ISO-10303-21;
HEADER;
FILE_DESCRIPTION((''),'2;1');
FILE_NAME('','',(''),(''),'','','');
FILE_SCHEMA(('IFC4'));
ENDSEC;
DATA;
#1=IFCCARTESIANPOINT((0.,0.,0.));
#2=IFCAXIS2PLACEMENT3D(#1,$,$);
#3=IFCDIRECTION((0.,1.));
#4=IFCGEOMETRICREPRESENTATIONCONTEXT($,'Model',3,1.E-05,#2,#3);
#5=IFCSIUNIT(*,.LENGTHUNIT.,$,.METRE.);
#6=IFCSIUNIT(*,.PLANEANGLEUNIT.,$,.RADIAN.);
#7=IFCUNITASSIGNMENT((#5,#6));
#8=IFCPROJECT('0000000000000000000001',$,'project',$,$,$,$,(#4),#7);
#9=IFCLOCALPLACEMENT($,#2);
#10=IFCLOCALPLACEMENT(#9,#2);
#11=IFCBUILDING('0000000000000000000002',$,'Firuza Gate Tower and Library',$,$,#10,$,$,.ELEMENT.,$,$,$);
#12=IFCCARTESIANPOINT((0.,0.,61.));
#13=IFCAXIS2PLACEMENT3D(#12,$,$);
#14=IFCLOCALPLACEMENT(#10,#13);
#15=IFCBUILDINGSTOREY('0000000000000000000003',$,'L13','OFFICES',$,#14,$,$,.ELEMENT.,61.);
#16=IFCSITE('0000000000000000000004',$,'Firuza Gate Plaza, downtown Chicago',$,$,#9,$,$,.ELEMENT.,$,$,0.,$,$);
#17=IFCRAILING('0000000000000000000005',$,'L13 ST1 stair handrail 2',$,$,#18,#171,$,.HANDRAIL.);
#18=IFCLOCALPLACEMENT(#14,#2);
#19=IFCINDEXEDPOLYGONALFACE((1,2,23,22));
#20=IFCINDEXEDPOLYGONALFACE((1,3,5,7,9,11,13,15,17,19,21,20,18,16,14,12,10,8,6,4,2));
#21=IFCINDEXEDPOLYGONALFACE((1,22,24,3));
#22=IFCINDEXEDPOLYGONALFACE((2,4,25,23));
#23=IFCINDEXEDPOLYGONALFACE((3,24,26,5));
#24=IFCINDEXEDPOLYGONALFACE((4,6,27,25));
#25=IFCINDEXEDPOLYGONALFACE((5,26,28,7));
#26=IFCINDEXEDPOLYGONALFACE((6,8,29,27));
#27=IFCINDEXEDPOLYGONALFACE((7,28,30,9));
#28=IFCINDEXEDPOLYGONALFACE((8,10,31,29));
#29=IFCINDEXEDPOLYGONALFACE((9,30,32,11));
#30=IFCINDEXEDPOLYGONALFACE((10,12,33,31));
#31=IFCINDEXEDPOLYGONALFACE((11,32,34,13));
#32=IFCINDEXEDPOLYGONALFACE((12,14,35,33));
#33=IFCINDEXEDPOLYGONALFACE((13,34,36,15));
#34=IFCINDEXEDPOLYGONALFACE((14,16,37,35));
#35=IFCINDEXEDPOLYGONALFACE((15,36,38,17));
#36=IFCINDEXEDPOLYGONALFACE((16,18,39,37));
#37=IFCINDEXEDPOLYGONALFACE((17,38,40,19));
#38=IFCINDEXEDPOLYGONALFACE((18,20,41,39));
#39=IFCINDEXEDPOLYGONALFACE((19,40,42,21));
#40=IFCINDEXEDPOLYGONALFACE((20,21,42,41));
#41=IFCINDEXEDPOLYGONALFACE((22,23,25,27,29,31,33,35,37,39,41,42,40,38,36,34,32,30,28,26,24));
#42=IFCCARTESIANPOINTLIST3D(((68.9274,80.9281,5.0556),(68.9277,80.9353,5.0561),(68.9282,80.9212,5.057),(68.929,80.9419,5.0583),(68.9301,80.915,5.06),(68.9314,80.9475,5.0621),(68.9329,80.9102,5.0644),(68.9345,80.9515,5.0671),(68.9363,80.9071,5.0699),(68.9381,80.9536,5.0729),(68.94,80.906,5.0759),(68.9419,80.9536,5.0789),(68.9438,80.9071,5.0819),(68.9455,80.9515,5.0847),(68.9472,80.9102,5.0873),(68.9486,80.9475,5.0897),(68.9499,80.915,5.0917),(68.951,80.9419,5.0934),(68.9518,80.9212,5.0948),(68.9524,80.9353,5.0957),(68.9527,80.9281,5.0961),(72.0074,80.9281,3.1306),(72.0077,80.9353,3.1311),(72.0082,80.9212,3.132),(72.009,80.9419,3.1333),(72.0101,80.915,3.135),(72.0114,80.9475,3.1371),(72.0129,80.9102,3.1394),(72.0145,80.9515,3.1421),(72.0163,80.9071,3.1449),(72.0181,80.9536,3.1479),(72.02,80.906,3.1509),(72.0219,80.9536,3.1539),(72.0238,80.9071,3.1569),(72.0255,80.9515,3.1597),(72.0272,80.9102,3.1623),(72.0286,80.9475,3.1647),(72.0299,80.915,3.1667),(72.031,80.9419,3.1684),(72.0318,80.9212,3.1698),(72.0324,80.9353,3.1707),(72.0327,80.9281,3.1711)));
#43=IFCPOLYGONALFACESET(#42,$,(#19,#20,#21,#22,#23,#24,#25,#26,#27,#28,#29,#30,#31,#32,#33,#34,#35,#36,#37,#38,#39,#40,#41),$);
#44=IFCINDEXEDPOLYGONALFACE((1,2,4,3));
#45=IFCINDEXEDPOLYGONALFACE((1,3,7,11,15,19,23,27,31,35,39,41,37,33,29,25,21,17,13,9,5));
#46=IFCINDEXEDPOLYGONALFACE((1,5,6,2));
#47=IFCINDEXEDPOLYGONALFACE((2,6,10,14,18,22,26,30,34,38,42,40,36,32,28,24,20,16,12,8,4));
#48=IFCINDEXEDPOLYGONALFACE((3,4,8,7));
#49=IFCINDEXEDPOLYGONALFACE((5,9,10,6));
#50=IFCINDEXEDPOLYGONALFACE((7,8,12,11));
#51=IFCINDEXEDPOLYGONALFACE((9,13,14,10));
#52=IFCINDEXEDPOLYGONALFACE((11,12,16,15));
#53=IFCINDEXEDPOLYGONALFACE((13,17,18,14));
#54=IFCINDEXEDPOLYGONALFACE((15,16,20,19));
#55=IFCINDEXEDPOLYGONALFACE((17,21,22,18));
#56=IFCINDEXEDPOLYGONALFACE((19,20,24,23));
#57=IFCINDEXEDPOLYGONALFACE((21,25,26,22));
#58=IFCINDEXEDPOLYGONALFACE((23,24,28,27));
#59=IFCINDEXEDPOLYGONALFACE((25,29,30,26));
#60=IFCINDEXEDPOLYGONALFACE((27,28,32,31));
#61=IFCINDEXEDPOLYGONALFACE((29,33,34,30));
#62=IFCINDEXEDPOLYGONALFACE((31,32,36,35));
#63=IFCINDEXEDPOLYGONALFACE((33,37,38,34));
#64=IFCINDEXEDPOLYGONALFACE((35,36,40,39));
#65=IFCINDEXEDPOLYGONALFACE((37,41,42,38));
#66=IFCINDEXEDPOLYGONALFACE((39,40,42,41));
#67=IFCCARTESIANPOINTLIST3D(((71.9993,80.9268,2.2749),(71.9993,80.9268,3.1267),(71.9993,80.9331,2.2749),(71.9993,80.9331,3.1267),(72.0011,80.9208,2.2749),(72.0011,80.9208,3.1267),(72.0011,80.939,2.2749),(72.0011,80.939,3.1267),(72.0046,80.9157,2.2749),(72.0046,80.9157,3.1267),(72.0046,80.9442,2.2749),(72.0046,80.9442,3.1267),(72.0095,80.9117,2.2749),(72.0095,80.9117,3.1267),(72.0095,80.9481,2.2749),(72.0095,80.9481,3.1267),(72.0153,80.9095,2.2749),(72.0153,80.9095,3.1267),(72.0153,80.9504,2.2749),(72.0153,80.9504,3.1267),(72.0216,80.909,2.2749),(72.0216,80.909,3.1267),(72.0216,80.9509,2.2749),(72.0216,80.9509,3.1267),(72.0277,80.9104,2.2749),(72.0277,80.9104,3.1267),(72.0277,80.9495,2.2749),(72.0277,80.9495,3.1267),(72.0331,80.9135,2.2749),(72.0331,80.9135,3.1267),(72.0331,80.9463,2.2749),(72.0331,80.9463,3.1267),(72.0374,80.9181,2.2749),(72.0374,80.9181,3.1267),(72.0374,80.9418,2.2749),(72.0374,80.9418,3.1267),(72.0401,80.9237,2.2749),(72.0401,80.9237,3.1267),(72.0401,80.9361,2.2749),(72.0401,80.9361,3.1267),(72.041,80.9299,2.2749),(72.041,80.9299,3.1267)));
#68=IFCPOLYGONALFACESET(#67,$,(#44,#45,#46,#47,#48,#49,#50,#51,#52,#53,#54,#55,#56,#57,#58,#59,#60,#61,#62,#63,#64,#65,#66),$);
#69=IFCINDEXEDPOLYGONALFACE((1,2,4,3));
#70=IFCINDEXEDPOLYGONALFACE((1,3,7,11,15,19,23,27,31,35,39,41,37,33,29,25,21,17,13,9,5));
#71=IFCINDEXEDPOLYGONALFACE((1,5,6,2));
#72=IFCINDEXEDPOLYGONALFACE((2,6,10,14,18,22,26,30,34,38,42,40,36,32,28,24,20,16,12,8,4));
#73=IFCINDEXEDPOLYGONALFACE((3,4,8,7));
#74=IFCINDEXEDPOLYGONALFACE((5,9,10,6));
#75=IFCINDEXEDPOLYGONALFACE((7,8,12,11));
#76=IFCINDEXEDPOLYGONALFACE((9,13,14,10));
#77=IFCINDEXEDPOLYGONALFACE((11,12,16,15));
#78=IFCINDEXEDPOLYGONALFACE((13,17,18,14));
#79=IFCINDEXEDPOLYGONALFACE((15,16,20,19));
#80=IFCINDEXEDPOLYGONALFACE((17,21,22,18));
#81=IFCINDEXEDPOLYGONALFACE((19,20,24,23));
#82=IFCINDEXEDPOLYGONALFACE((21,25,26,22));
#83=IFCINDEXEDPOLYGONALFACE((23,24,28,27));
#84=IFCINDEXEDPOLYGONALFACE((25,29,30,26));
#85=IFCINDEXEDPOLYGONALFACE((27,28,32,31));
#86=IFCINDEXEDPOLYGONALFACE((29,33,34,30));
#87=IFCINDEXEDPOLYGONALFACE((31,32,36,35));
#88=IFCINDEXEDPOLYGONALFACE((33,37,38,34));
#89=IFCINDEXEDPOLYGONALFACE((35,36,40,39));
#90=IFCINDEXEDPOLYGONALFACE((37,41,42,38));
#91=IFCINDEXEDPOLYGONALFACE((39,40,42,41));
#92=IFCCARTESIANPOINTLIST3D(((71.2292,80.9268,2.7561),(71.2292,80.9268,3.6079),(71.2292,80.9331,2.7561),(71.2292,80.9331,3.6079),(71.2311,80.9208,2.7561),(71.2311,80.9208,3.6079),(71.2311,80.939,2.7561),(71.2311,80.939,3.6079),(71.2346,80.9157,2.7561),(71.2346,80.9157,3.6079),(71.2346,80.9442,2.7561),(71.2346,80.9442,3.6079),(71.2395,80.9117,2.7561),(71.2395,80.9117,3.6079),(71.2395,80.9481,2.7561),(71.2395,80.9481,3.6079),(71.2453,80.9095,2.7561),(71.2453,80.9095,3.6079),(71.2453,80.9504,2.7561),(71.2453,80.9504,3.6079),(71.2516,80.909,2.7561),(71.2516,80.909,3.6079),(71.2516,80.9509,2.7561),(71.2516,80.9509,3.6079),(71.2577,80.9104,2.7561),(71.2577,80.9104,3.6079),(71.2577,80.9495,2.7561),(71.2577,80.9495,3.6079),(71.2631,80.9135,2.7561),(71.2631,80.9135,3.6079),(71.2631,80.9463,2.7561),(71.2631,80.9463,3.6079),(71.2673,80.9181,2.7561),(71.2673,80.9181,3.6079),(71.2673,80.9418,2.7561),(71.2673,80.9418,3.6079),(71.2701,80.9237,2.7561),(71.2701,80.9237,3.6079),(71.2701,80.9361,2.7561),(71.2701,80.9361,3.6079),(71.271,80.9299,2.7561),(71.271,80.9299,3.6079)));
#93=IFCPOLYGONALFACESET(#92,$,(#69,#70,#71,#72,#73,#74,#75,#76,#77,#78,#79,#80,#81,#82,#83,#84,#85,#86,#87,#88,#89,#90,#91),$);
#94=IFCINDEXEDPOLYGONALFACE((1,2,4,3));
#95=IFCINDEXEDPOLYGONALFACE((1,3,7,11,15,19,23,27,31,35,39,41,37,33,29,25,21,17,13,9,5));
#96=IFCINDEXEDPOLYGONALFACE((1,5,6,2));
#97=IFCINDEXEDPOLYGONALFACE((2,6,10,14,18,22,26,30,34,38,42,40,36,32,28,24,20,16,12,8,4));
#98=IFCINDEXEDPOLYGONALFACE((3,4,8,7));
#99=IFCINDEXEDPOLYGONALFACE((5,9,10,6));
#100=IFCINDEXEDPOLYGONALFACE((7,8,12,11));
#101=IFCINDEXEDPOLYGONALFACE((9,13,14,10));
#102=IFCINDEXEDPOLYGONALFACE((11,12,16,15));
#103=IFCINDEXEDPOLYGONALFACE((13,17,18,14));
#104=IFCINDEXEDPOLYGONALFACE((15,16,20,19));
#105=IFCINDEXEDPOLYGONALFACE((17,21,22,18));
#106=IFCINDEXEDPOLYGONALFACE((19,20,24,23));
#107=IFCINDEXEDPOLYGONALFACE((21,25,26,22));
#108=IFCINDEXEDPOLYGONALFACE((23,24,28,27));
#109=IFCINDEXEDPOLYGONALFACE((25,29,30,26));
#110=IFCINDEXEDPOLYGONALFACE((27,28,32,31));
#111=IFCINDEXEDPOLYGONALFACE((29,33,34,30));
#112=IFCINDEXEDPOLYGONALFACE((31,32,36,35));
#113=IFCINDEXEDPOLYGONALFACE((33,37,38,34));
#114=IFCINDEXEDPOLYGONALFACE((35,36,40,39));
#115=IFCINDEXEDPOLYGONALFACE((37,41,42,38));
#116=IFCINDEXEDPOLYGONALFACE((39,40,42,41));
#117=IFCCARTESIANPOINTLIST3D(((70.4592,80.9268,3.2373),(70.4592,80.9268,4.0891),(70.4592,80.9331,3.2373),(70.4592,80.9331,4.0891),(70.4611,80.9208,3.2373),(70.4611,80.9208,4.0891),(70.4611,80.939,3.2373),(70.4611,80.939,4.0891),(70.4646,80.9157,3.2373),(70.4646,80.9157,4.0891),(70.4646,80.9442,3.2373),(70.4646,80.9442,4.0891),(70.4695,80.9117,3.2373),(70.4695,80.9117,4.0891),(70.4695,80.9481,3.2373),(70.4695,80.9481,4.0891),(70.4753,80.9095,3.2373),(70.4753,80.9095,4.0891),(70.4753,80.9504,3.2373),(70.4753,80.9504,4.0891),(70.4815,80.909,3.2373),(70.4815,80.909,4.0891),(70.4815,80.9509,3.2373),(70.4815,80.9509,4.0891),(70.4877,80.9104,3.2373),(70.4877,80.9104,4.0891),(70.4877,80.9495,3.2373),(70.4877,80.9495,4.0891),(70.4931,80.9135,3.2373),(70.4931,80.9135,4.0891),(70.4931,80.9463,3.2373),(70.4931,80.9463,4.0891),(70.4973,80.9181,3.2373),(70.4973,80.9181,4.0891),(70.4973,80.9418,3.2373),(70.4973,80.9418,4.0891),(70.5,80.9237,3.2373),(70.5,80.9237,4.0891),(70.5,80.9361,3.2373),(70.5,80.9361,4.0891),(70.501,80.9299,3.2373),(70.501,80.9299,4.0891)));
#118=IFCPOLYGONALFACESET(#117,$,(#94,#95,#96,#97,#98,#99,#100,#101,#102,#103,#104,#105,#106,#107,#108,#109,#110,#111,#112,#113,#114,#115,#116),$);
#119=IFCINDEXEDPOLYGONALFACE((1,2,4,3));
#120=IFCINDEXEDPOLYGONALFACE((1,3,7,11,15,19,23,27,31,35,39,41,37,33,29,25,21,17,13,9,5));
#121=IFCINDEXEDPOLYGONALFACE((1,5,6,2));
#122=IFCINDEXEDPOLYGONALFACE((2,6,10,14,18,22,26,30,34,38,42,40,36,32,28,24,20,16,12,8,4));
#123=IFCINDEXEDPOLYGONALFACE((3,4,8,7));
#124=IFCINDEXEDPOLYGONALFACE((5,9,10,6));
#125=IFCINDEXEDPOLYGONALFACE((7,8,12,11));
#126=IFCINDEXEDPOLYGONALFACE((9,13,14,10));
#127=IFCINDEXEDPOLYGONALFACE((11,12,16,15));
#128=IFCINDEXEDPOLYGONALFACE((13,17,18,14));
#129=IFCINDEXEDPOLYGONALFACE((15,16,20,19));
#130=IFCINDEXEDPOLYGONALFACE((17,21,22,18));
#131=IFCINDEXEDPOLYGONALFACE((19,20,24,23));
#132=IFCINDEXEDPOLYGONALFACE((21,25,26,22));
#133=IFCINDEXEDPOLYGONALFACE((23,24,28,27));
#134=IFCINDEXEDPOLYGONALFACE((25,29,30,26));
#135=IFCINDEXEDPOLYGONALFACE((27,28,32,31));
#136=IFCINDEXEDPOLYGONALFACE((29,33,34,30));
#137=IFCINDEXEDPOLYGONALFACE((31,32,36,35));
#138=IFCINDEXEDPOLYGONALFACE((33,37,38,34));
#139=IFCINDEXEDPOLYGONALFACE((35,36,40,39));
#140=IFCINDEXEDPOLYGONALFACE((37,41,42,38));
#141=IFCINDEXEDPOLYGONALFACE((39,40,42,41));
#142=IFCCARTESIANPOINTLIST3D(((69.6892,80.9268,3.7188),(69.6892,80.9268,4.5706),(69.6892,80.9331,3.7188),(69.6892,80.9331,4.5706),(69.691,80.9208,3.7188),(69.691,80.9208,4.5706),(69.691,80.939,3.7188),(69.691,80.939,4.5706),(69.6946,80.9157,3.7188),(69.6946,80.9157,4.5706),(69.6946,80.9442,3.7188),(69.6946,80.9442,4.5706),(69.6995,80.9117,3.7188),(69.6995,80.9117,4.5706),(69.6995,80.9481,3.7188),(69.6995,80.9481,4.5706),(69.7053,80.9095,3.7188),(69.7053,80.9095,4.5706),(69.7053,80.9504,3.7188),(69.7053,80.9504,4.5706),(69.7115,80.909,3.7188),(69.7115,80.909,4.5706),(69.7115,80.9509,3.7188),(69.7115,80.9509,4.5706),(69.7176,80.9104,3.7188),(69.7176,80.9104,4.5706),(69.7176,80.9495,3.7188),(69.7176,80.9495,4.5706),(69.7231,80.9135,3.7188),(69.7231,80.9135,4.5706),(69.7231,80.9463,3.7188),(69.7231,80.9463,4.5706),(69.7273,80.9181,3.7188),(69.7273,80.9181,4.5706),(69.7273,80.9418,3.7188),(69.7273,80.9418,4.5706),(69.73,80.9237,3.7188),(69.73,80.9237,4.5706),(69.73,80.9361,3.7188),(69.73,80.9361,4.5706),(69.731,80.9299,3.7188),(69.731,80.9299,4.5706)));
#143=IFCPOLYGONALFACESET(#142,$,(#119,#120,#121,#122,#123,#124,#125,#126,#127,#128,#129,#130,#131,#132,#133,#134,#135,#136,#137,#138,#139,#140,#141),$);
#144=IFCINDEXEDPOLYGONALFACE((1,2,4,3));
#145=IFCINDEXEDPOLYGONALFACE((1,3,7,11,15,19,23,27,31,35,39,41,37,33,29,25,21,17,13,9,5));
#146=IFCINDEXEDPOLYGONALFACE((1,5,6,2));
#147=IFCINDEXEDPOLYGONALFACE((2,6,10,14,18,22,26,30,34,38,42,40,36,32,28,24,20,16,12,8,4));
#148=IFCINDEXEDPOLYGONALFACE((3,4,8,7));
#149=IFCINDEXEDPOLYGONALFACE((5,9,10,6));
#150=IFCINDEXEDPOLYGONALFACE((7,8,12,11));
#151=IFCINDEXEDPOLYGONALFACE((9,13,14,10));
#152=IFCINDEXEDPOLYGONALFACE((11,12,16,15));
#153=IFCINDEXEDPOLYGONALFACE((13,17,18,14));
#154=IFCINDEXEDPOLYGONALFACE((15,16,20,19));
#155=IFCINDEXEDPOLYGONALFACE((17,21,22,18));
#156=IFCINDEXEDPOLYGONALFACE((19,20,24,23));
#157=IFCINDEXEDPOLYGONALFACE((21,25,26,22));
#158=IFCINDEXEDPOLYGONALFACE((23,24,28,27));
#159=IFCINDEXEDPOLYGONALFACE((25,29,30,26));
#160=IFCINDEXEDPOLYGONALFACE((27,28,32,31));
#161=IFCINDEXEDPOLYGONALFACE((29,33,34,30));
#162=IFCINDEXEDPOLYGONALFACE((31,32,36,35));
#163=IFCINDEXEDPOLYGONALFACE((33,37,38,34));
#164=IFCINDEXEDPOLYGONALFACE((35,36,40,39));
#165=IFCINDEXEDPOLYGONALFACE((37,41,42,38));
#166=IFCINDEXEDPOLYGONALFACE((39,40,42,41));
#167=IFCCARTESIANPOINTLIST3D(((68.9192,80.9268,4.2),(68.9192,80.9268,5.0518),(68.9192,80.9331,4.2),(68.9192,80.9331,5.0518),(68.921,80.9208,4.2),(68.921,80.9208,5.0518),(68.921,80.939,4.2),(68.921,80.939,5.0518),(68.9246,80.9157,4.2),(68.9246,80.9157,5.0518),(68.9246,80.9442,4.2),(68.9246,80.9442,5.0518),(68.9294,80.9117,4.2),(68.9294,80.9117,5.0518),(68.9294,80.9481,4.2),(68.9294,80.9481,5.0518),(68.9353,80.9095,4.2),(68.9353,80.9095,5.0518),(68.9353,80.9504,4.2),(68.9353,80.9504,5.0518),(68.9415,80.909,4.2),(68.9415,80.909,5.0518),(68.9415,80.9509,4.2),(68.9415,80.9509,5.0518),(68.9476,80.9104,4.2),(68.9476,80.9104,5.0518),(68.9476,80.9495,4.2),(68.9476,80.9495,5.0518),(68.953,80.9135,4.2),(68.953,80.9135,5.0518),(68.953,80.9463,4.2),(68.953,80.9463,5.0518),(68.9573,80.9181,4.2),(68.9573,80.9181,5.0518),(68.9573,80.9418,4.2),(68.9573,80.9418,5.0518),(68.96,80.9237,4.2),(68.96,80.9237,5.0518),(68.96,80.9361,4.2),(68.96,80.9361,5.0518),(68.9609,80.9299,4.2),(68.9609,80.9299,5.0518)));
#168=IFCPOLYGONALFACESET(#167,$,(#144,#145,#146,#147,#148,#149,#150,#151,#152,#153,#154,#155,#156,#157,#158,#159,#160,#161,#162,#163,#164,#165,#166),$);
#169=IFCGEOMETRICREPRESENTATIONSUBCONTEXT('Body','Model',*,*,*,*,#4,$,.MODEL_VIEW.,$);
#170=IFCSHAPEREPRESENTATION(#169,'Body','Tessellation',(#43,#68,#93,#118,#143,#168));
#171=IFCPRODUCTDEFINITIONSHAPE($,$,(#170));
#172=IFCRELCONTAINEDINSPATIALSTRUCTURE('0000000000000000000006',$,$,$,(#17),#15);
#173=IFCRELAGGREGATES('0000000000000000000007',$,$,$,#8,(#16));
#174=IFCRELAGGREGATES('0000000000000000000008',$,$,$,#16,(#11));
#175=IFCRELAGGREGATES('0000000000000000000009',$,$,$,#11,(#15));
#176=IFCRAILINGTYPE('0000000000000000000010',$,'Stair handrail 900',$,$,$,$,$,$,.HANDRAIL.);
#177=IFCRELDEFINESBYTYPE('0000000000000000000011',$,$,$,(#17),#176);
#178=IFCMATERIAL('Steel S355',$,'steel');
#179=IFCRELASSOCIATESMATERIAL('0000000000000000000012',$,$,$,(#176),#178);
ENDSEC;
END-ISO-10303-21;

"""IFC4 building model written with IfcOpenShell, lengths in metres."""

from ifc_helpers import new_model, si_unit, direction, frame, origin, origin_2d, place, context, subcontext, project, spatial, circle, extrude, material, type_object, element, save


model = new_model("IFC4")

# Units and contexts
model_context = context("Model", 3, precision=1e-05, world=origin(), true_north=direction((0.0, 1.0)))
body_context = subcontext(model_context, "Body", "Model", "MODEL_VIEW")
ifc_project = project(units=[si_unit("LENGTHUNIT", "METRE"), si_unit("PLANEANGLEUNIT", "RADIAN")], contexts=[model_context])

# Site, building, storey
site_placement = place(None, origin())
site = spatial("IfcSite", under=ifc_project, at=site_placement, Name="Firuza Gate Plaza, downtown Chicago", CompositionType="ELEMENT", RefElevation=0.0)
building_placement = place(site_placement, origin())
building = spatial("IfcBuilding", under=site, at=building_placement, Name="Firuza Gate Tower and Library", CompositionType="ELEMENT")
storey_placement = place(building_placement, frame((0.0, 0.0, 61.0)))
storey = spatial("IfcBuildingStorey", under=building, at=storey_placement, Name="L13", Description="OFFICES", CompositionType="ELEMENT", Elevation=61.0)

# Railing
ifc_material_1 = material(Name="Steel S355", Category="steel")
railing_type_1 = type_object("IfcRailingType", Name="Stair handrail 900", PredefinedType="HANDRAIL", material=ifc_material_1)
railing_1_placement = place(storey_placement, frame((72.02, 80.9299, 2.2749)))
element("IfcRailing", 1, at=railing_1_placement, inside=storey, type_object=railing_type_1, Name="L13 ST1 stair handrail 2", PredefinedType="HANDRAIL", context=body_context, shape_type="SweptSolid", body=[
    extrude(circle(Radius=0.0239, at=origin_2d()), frame((0.0, 0.0, 0.876), z_axis=(-0.847998, 0.0, 0.529999), x_axis=(0.0, -1.0, 0.0)), (0.0, 0.0, 1.0), 3.6321),
    extrude(circle(Radius=0.021, at=origin_2d()), origin(), (0.0, 0.0, 1.0), 0.8518),
    extrude(circle(Radius=0.021, at=origin_2d()), frame((-0.77, 0.0, 0.4812)), (0.0, 0.0, 1.0), 0.8518),
    extrude(circle(Radius=0.021, at=origin_2d()), frame((-1.54, 0.0, 0.9624)), (0.0, 0.0, 1.0), 0.8518),
    extrude(circle(Radius=0.021, at=origin_2d()), frame((-2.3101, 0.0, 1.4438)), (0.0, 0.0, 1.0), 0.8518),
    extrude(circle(Radius=0.021, at=origin_2d()), frame((-3.0801, 0.0, 1.925)), (0.0, 0.0, 1.0), 0.8518),
])

save(model, "model.ifc")
